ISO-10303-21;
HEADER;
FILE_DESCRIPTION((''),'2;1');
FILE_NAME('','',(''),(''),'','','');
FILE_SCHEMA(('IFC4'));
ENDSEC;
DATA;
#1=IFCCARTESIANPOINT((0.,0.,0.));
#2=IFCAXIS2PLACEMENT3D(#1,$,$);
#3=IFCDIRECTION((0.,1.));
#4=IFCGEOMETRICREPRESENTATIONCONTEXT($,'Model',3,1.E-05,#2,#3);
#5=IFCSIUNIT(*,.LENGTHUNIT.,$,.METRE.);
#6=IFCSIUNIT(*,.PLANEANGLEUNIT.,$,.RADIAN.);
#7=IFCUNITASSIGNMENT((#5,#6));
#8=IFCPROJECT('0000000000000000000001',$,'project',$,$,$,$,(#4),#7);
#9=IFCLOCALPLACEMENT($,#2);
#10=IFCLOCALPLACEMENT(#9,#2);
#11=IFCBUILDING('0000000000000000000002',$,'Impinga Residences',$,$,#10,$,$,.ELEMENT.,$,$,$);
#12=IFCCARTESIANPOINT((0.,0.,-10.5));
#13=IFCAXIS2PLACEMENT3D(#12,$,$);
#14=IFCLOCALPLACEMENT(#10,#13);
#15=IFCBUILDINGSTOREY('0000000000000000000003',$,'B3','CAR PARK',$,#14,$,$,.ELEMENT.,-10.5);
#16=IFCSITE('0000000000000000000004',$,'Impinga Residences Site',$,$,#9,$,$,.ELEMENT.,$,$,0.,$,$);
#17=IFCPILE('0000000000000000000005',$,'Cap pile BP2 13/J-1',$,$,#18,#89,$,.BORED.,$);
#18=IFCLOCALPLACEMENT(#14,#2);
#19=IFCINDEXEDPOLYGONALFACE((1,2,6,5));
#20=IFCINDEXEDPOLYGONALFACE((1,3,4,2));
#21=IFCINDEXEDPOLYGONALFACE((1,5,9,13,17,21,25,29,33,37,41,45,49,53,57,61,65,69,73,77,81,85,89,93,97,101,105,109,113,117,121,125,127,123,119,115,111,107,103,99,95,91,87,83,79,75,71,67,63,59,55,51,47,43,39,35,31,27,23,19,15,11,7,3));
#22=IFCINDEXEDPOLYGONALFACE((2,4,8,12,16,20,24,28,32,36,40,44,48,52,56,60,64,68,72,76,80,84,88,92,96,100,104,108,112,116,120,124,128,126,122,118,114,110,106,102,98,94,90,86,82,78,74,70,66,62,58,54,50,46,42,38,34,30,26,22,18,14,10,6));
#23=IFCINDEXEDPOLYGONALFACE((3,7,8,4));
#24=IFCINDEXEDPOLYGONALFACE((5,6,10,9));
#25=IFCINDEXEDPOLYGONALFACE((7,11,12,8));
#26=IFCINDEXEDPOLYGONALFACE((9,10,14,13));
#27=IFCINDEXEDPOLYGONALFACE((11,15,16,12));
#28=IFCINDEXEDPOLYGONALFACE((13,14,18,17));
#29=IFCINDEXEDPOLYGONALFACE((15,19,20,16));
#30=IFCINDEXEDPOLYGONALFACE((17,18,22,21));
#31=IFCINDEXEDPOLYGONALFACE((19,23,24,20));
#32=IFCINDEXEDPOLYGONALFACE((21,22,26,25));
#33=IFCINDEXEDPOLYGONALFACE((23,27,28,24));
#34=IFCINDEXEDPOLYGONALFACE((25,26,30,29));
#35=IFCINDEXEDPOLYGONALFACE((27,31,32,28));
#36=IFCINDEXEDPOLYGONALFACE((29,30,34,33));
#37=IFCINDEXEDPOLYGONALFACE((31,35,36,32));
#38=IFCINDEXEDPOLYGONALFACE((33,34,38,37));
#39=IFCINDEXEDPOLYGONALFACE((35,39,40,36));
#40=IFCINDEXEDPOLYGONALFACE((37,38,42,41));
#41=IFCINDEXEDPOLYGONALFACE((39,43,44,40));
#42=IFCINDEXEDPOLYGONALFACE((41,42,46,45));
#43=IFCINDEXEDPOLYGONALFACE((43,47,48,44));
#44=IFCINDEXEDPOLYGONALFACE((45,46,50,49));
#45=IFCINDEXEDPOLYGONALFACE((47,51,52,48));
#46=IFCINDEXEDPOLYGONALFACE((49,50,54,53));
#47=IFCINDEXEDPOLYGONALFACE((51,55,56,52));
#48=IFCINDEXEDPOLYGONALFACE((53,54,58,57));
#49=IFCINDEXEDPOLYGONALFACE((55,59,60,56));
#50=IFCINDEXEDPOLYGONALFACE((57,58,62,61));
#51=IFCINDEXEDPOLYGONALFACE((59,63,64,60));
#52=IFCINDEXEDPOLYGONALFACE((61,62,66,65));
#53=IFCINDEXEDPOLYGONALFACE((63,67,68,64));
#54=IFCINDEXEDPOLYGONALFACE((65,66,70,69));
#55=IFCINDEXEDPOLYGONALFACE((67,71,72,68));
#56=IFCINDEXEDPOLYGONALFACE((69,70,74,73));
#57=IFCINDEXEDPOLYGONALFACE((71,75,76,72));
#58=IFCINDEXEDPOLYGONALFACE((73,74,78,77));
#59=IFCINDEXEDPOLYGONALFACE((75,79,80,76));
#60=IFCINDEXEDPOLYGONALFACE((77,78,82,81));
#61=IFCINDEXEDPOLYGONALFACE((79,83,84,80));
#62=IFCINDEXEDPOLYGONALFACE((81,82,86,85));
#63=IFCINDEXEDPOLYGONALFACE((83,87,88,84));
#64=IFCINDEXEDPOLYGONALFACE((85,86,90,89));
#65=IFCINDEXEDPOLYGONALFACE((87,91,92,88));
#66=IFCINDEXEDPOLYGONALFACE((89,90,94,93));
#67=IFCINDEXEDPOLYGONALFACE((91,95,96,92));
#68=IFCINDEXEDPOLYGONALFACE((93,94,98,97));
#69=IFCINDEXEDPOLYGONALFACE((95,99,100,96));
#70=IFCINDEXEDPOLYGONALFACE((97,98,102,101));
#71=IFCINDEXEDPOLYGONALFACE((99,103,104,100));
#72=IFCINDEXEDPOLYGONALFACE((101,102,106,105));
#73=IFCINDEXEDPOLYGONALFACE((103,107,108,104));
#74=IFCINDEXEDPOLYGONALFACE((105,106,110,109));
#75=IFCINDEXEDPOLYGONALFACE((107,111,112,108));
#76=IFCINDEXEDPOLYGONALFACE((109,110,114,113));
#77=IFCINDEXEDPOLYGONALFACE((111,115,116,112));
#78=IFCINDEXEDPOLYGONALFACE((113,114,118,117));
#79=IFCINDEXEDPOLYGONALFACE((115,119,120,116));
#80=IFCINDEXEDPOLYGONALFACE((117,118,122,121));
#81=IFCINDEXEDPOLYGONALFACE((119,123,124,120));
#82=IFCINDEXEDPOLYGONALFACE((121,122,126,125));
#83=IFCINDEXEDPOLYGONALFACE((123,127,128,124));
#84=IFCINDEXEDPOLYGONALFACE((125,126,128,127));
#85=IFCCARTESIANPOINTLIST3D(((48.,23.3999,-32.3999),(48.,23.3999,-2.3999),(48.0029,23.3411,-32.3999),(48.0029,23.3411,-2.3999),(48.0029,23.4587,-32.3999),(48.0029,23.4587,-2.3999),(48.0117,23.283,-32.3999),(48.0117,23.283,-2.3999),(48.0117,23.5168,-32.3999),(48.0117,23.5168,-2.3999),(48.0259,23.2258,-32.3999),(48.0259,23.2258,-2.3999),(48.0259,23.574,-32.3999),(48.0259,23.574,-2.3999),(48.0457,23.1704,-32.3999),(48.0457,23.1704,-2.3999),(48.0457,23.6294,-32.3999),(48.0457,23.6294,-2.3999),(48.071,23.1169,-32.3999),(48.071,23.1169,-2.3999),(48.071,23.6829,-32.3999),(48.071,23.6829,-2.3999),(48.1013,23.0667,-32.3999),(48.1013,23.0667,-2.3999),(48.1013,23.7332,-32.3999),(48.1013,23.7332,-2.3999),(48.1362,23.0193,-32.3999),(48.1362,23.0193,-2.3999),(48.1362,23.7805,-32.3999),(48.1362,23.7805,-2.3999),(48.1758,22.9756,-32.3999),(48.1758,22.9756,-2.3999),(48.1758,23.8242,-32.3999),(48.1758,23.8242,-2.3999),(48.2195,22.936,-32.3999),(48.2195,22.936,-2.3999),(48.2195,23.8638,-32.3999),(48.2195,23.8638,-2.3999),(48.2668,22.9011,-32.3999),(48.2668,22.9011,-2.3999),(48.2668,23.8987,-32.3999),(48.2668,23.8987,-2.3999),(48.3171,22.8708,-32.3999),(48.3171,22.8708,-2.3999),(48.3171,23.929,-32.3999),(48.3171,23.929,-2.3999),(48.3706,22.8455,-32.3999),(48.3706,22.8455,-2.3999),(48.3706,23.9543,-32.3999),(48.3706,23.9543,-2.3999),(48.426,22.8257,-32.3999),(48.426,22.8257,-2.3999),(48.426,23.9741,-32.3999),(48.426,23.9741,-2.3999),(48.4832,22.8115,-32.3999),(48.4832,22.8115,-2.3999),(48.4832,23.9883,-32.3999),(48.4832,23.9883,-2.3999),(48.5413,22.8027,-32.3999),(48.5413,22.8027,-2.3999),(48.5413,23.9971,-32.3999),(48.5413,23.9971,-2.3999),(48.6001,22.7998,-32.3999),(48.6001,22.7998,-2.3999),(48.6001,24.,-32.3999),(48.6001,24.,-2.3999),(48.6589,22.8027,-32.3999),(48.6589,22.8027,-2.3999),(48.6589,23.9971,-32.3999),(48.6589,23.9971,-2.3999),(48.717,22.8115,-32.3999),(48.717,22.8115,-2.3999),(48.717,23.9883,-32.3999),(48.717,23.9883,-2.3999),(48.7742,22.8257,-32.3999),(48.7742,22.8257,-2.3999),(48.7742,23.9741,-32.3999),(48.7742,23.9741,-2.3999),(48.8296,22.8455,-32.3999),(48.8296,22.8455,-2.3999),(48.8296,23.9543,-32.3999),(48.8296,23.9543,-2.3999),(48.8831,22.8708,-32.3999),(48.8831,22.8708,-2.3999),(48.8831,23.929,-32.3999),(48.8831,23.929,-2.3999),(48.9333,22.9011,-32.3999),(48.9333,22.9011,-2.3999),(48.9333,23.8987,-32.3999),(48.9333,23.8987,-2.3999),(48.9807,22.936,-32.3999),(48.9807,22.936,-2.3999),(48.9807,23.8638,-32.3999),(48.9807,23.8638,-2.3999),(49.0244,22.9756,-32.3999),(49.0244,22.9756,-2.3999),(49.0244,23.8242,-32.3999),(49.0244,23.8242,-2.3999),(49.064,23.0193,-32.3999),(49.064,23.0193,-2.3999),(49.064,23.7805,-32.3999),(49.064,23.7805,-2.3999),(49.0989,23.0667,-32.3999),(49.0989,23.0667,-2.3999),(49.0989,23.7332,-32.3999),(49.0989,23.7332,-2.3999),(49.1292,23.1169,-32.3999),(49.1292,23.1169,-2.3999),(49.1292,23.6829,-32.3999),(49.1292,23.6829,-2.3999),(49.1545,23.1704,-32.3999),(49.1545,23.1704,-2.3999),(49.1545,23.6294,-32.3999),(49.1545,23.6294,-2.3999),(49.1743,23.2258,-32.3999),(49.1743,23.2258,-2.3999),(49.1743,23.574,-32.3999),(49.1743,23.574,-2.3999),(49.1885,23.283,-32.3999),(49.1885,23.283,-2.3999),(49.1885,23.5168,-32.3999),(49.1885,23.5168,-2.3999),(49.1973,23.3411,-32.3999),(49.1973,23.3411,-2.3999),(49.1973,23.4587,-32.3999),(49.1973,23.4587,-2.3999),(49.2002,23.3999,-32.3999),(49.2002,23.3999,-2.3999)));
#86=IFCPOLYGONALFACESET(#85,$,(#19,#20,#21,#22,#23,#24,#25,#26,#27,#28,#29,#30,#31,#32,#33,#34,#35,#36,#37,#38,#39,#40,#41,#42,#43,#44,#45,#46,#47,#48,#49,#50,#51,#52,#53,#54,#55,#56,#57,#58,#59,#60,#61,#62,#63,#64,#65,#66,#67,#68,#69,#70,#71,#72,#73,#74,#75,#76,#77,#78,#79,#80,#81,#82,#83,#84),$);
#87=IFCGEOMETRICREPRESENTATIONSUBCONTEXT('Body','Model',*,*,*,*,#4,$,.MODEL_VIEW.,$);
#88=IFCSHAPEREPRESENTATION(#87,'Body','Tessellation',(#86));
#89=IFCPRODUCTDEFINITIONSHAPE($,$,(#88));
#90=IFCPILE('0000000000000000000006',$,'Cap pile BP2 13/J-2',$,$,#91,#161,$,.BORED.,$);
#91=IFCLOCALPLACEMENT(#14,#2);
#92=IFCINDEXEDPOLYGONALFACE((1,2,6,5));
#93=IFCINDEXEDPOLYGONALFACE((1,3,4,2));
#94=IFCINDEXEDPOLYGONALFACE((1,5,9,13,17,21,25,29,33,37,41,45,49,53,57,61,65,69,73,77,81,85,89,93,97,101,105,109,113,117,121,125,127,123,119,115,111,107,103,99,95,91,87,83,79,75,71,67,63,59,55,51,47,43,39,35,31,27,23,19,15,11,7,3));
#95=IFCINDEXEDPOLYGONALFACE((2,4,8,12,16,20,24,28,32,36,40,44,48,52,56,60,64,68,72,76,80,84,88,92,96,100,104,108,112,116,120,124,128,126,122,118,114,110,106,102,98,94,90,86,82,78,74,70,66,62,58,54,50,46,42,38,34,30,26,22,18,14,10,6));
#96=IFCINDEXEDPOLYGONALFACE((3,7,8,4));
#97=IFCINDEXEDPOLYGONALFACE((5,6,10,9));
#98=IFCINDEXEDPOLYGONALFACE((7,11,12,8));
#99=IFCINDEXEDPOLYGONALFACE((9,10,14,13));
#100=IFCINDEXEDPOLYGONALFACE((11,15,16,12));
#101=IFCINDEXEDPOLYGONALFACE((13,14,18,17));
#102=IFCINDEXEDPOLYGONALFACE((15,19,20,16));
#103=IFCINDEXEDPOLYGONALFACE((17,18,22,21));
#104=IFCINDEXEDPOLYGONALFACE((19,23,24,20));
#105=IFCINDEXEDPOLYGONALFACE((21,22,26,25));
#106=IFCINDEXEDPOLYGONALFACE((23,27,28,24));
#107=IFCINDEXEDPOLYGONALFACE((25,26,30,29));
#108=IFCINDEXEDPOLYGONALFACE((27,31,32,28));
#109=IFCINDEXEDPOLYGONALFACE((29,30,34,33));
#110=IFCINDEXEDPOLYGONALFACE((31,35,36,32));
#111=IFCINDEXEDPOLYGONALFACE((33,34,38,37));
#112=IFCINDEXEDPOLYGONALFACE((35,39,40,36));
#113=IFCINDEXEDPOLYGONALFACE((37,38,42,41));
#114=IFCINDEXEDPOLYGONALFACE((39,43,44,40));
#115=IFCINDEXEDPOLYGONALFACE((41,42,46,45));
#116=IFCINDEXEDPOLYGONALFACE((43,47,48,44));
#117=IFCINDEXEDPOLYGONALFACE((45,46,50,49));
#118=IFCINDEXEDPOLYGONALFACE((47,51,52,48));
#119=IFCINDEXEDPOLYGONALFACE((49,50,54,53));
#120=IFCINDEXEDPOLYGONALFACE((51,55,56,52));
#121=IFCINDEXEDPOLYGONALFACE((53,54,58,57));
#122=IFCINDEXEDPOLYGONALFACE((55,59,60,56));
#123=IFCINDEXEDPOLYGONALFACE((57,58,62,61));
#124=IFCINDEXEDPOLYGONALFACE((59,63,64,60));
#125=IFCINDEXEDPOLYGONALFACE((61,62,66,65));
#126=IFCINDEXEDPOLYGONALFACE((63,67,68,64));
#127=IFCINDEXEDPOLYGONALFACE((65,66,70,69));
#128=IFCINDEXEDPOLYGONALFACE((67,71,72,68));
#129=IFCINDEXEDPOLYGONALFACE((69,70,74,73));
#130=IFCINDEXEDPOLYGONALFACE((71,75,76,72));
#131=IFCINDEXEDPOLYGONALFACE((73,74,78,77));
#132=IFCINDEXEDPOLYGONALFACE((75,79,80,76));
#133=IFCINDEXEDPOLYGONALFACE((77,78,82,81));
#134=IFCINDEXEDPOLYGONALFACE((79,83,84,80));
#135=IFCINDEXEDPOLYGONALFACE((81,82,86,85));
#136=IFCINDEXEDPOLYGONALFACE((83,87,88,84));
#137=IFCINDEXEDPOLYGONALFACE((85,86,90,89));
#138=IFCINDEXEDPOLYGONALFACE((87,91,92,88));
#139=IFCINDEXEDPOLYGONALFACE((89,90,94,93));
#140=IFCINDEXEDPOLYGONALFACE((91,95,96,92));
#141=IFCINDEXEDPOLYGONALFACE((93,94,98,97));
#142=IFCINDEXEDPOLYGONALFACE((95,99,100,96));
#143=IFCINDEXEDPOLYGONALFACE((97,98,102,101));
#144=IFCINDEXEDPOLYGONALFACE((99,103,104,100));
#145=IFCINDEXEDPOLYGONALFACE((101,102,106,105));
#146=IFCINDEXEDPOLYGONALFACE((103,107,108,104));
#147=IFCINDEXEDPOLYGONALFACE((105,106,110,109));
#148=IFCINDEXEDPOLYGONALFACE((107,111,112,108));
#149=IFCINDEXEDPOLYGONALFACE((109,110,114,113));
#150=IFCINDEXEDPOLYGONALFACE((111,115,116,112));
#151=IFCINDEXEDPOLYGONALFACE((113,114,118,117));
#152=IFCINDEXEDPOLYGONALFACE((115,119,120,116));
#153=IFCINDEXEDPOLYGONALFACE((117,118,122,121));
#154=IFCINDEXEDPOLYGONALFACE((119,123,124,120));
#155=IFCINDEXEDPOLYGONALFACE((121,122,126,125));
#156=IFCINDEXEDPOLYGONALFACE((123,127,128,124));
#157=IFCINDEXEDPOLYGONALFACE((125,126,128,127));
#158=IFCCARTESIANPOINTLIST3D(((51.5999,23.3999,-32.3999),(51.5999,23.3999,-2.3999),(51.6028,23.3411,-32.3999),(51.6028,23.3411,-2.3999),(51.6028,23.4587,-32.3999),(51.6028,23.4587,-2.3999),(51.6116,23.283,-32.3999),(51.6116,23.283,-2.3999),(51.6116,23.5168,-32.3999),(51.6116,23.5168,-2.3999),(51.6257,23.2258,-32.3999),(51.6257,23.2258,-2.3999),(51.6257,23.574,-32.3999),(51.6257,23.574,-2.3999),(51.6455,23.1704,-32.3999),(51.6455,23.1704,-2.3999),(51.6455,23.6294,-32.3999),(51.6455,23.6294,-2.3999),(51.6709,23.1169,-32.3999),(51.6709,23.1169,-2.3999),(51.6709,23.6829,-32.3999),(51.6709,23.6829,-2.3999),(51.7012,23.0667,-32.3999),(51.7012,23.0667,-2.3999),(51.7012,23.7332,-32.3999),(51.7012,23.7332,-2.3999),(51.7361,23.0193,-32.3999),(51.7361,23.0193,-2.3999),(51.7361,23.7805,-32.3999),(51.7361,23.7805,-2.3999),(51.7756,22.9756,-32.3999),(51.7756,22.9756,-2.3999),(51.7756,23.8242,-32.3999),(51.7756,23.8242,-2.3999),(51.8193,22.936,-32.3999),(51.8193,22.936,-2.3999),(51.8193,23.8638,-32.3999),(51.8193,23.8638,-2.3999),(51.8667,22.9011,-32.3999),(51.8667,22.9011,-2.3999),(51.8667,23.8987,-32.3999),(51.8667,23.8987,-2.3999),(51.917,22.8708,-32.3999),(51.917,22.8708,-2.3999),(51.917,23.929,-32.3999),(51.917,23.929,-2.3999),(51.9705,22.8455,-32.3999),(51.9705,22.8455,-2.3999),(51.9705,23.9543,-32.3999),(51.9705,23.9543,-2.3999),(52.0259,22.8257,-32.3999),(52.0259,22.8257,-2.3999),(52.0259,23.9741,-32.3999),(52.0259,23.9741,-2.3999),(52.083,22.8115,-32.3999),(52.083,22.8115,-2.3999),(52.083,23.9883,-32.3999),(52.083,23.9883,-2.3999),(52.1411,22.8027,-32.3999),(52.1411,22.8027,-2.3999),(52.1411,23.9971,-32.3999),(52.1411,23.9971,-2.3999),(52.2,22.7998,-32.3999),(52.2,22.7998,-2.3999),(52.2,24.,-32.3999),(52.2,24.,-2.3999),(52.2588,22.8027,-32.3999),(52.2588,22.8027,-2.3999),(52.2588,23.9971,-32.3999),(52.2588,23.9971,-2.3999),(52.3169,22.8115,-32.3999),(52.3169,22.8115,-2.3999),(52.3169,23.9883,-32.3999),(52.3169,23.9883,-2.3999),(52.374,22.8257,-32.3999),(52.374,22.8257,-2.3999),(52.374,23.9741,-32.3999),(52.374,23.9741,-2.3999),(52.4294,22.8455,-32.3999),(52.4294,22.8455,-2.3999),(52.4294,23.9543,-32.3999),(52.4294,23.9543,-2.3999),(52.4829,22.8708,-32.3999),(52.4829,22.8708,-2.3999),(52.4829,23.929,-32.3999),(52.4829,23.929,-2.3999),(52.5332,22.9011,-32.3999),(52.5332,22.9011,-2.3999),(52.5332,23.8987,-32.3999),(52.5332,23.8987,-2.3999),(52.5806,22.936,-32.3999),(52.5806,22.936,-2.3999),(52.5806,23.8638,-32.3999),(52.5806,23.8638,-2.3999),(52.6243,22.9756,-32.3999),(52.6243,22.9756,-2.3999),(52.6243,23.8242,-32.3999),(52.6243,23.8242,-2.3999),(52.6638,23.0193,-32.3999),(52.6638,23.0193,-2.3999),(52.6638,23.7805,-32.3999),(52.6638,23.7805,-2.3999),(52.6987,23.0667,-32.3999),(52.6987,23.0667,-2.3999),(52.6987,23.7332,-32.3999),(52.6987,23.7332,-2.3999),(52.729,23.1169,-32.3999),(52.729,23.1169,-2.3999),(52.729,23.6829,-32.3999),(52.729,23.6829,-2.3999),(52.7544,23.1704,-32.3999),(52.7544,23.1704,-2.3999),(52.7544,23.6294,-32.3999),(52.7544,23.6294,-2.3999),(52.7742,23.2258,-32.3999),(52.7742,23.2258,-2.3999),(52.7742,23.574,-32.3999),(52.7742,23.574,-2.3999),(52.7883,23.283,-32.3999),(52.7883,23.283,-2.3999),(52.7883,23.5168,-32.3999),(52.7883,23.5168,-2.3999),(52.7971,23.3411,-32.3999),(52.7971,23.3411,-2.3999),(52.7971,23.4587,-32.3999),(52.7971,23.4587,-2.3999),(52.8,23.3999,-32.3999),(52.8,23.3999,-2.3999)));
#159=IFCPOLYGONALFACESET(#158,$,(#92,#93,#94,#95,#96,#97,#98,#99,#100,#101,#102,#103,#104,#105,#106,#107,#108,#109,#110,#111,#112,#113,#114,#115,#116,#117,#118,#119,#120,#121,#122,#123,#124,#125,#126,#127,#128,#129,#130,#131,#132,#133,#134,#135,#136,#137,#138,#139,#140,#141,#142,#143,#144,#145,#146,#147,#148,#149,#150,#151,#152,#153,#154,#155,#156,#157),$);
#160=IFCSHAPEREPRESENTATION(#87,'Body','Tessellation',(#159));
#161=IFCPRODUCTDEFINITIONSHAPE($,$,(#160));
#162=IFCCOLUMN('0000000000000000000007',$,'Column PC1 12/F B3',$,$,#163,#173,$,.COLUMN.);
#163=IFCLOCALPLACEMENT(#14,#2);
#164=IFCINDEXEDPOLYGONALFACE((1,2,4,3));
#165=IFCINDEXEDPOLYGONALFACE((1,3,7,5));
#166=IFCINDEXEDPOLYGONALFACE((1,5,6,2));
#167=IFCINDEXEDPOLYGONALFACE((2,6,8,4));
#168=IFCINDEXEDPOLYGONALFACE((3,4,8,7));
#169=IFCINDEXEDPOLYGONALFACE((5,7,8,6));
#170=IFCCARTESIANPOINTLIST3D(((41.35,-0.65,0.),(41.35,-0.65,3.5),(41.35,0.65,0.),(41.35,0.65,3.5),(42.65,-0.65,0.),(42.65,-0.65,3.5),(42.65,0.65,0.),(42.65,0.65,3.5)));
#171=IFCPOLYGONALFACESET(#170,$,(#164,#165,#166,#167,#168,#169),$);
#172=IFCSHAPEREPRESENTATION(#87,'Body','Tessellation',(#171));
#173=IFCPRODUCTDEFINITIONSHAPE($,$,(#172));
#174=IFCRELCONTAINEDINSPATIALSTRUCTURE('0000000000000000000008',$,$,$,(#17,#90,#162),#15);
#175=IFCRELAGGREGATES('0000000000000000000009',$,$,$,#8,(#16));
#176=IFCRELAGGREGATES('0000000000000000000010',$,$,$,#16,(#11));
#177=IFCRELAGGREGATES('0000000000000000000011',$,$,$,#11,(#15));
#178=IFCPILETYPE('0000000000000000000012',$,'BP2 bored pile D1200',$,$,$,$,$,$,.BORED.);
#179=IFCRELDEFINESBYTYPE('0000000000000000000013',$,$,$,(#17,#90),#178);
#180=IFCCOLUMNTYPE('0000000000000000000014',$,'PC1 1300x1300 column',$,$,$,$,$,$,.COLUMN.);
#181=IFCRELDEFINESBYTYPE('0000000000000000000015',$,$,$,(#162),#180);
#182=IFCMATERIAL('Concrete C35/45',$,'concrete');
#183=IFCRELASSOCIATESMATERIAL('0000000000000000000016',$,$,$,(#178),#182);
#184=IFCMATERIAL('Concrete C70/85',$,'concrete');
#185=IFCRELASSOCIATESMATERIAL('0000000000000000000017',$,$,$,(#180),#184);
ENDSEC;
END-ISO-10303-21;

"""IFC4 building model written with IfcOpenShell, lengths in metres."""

from ifc_helpers import new_model, si_unit, direction, frame, origin, origin_2d, place, context, subcontext, project, spatial, polyline, rectangle, circle, outline, extrude, material, material_profile, profile_set, type_object, element, save


model = new_model("IFC4")

# Units and contexts
model_context = context("Model", 3, precision=1e-05, world=origin(), true_north=direction((0.0, 1.0)))
body_context = subcontext(model_context, "Body", "Model", "MODEL_VIEW")
ifc_project = project(units=[si_unit("LENGTHUNIT", "METRE"), si_unit("PLANEANGLEUNIT", "RADIAN")], contexts=[model_context])

# Site, building, storey
site_placement = place(None, origin())
site = spatial("IfcSite", under=ifc_project, at=site_placement, Name="Impinga Residences Site", CompositionType="ELEMENT", RefElevation=0.0)
building_placement = place(site_placement, origin())
building = spatial("IfcBuilding", under=site, at=building_placement, Name="Impinga Residences", CompositionType="ELEMENT")
storey_placement = place(building_placement, frame((0.0, 0.0, -10.5)))
storey = spatial("IfcBuildingStorey", under=building, at=storey_placement, Name="B3", Description="CAR PARK", CompositionType="ELEMENT", Elevation=-10.5)

# Piles
ifc_material_1 = material(Name="Concrete C35/45", Category="concrete")
ifc_material_profile_1 = material_profile(ifc_material_1, circle(Radius=0.6001, at=origin_2d()), Name="D1200")
ifc_profile_set_1 = profile_set([ifc_material_profile_1], Name="Concrete C35/45")
pile_type = type_object("IfcPileType", Name="BP2 bored pile D1200", PredefinedType="BORED", material=ifc_profile_set_1)
pile_1_placement = place(storey_placement, frame((48.6001, 23.3999, -2.3999), z_axis=(0.0, 0.0, -1.0), x_axis=(1.0, 0.0, 0.0)))
element("IfcPile", 1, at=pile_1_placement, inside=storey, type_object=pile_type, Name="Cap pile BP2 13/J-1", PredefinedType="BORED", context=body_context, shape_type="SweptSolid", body=[
    extrude(outline(polyline([(0.6001, 0.0), (0.5972, 0.0588), (0.5884, 0.1169), (0.5742, 0.1741), (0.5544, 0.2295), (0.5291, 0.283), (0.4988, 0.3333), (0.4639, 0.3806), (0.4243, 0.4243), (0.3806, 0.4639), (0.3333, 0.4988), (0.283, 0.5291), (0.2295, 0.5544), (0.1741, 0.5742), (0.1169, 0.5884), (0.0588, 0.5972), (0.0, 0.6001), (-0.0588, 0.5972), (-0.1169, 0.5884), (-0.1741, 0.5742), (-0.2295, 0.5544), (-0.283, 0.5291), (-0.3333, 0.4988), (-0.3806, 0.4639), (-0.4243, 0.4243), (-0.4639, 0.3806), (-0.4988, 0.3333), (-0.5291, 0.283), (-0.5544, 0.2295), (-0.5742, 0.1741), (-0.5884, 0.1169), (-0.5972, 0.0588), (-0.6001, 0.0), (-0.5972, -0.0588), (-0.5884, -0.1169), (-0.5742, -0.1741), (-0.5544, -0.2295), (-0.5291, -0.283), (-0.4988, -0.3333), (-0.4639, -0.3806), (-0.4243, -0.4243), (-0.3806, -0.4639), (-0.3333, -0.4988), (-0.283, -0.5291), (-0.2295, -0.5544), (-0.1741, -0.5742), (-0.1169, -0.5884), (-0.0588, -0.5972), (0.0, -0.6001), (0.0588, -0.5972), (0.1169, -0.5884), (0.1741, -0.5742), (0.2295, -0.5544), (0.283, -0.5291), (0.3333, -0.4988), (0.3806, -0.4639), (0.4243, -0.4243), (0.4639, -0.3806), (0.4988, -0.3333), (0.5291, -0.283), (0.5544, -0.2295), (0.5742, -0.1741), (0.5884, -0.1169), (0.5972, -0.0588), (0.6001, 0.0)])), origin(), (0.0, 0.0, 1.0), 30.0),
])
pile_2_placement = place(storey_placement, frame((52.2, 23.3999, -2.3999), z_axis=(0.0, 0.0, -1.0), x_axis=(1.0, 0.0, 0.0)))
element("IfcPile", 2, at=pile_2_placement, inside=storey, type_object=pile_type, Name="Cap pile BP2 13/J-2", PredefinedType="BORED", context=body_context, shape_type="SweptSolid", body=[
    extrude(outline(polyline([(0.6001, 0.0), (0.5972, 0.0588), (0.5884, 0.1169), (0.5742, 0.1741), (0.5544, 0.2295), (0.5291, 0.283), (0.4988, 0.3333), (0.4639, 0.3806), (0.4243, 0.4243), (0.3806, 0.4639), (0.3333, 0.4988), (0.283, 0.5291), (0.2295, 0.5544), (0.1741, 0.5742), (0.1169, 0.5884), (0.0588, 0.5972), (0.0, 0.6001), (-0.0588, 0.5972), (-0.1169, 0.5884), (-0.1741, 0.5742), (-0.2295, 0.5544), (-0.283, 0.5291), (-0.3333, 0.4988), (-0.3806, 0.4639), (-0.4243, 0.4243), (-0.4639, 0.3806), (-0.4988, 0.3333), (-0.5291, 0.283), (-0.5544, 0.2295), (-0.5742, 0.1741), (-0.5884, 0.1169), (-0.5972, 0.0588), (-0.6001, 0.0), (-0.5972, -0.0588), (-0.5884, -0.1169), (-0.5742, -0.1741), (-0.5544, -0.2295), (-0.5291, -0.283), (-0.4988, -0.3333), (-0.4639, -0.3806), (-0.4243, -0.4243), (-0.3806, -0.4639), (-0.3333, -0.4988), (-0.283, -0.5291), (-0.2295, -0.5544), (-0.1741, -0.5742), (-0.1169, -0.5884), (-0.0588, -0.5972), (0.0, -0.6001), (0.0588, -0.5972), (0.1169, -0.5884), (0.1741, -0.5742), (0.2295, -0.5544), (0.283, -0.5291), (0.3333, -0.4988), (0.3806, -0.4639), (0.4243, -0.4243), (0.4639, -0.3806), (0.4988, -0.3333), (0.5291, -0.283), (0.5544, -0.2295), (0.5742, -0.1741), (0.5884, -0.1169), (0.5972, -0.0588), (0.6001, 0.0)])), origin(), (0.0, 0.0, 1.0), 30.0),
])

# Column
ifc_material_2 = material(Name="Concrete C70/85", Category="concrete")
ifc_material_profile_2 = material_profile(ifc_material_2, rectangle(XDim=1.3, YDim=1.3, at=origin_2d()), Name="RC 1300x1300")
ifc_profile_set_2 = profile_set([ifc_material_profile_2], Name="Concrete C70/85")
column_type = type_object("IfcColumnType", Name="PC1 1300x1300 column", PredefinedType="COLUMN", material=ifc_profile_set_2)
for number, where, z_axis, x_axis, name in (
    (3, (42.0, 0.0, 0.0), (0.0, 0.0, 1.0), (1.0, 0.0, 0.0), "Column PC1 12/F B3"),
):
    element("IfcColumn", number, at=place(storey_placement, frame(where, z_axis=z_axis, x_axis=x_axis)), inside=storey, type_object=column_type, Name=name, PredefinedType="COLUMN", context=body_context, shape_type="SweptSolid", body=[
        extrude(rectangle(XDim=1.3, YDim=1.3, at=origin_2d()), origin(), (0.0, 0.0, 1.0), 3.5),
    ])

save(model, "model.ifc")
